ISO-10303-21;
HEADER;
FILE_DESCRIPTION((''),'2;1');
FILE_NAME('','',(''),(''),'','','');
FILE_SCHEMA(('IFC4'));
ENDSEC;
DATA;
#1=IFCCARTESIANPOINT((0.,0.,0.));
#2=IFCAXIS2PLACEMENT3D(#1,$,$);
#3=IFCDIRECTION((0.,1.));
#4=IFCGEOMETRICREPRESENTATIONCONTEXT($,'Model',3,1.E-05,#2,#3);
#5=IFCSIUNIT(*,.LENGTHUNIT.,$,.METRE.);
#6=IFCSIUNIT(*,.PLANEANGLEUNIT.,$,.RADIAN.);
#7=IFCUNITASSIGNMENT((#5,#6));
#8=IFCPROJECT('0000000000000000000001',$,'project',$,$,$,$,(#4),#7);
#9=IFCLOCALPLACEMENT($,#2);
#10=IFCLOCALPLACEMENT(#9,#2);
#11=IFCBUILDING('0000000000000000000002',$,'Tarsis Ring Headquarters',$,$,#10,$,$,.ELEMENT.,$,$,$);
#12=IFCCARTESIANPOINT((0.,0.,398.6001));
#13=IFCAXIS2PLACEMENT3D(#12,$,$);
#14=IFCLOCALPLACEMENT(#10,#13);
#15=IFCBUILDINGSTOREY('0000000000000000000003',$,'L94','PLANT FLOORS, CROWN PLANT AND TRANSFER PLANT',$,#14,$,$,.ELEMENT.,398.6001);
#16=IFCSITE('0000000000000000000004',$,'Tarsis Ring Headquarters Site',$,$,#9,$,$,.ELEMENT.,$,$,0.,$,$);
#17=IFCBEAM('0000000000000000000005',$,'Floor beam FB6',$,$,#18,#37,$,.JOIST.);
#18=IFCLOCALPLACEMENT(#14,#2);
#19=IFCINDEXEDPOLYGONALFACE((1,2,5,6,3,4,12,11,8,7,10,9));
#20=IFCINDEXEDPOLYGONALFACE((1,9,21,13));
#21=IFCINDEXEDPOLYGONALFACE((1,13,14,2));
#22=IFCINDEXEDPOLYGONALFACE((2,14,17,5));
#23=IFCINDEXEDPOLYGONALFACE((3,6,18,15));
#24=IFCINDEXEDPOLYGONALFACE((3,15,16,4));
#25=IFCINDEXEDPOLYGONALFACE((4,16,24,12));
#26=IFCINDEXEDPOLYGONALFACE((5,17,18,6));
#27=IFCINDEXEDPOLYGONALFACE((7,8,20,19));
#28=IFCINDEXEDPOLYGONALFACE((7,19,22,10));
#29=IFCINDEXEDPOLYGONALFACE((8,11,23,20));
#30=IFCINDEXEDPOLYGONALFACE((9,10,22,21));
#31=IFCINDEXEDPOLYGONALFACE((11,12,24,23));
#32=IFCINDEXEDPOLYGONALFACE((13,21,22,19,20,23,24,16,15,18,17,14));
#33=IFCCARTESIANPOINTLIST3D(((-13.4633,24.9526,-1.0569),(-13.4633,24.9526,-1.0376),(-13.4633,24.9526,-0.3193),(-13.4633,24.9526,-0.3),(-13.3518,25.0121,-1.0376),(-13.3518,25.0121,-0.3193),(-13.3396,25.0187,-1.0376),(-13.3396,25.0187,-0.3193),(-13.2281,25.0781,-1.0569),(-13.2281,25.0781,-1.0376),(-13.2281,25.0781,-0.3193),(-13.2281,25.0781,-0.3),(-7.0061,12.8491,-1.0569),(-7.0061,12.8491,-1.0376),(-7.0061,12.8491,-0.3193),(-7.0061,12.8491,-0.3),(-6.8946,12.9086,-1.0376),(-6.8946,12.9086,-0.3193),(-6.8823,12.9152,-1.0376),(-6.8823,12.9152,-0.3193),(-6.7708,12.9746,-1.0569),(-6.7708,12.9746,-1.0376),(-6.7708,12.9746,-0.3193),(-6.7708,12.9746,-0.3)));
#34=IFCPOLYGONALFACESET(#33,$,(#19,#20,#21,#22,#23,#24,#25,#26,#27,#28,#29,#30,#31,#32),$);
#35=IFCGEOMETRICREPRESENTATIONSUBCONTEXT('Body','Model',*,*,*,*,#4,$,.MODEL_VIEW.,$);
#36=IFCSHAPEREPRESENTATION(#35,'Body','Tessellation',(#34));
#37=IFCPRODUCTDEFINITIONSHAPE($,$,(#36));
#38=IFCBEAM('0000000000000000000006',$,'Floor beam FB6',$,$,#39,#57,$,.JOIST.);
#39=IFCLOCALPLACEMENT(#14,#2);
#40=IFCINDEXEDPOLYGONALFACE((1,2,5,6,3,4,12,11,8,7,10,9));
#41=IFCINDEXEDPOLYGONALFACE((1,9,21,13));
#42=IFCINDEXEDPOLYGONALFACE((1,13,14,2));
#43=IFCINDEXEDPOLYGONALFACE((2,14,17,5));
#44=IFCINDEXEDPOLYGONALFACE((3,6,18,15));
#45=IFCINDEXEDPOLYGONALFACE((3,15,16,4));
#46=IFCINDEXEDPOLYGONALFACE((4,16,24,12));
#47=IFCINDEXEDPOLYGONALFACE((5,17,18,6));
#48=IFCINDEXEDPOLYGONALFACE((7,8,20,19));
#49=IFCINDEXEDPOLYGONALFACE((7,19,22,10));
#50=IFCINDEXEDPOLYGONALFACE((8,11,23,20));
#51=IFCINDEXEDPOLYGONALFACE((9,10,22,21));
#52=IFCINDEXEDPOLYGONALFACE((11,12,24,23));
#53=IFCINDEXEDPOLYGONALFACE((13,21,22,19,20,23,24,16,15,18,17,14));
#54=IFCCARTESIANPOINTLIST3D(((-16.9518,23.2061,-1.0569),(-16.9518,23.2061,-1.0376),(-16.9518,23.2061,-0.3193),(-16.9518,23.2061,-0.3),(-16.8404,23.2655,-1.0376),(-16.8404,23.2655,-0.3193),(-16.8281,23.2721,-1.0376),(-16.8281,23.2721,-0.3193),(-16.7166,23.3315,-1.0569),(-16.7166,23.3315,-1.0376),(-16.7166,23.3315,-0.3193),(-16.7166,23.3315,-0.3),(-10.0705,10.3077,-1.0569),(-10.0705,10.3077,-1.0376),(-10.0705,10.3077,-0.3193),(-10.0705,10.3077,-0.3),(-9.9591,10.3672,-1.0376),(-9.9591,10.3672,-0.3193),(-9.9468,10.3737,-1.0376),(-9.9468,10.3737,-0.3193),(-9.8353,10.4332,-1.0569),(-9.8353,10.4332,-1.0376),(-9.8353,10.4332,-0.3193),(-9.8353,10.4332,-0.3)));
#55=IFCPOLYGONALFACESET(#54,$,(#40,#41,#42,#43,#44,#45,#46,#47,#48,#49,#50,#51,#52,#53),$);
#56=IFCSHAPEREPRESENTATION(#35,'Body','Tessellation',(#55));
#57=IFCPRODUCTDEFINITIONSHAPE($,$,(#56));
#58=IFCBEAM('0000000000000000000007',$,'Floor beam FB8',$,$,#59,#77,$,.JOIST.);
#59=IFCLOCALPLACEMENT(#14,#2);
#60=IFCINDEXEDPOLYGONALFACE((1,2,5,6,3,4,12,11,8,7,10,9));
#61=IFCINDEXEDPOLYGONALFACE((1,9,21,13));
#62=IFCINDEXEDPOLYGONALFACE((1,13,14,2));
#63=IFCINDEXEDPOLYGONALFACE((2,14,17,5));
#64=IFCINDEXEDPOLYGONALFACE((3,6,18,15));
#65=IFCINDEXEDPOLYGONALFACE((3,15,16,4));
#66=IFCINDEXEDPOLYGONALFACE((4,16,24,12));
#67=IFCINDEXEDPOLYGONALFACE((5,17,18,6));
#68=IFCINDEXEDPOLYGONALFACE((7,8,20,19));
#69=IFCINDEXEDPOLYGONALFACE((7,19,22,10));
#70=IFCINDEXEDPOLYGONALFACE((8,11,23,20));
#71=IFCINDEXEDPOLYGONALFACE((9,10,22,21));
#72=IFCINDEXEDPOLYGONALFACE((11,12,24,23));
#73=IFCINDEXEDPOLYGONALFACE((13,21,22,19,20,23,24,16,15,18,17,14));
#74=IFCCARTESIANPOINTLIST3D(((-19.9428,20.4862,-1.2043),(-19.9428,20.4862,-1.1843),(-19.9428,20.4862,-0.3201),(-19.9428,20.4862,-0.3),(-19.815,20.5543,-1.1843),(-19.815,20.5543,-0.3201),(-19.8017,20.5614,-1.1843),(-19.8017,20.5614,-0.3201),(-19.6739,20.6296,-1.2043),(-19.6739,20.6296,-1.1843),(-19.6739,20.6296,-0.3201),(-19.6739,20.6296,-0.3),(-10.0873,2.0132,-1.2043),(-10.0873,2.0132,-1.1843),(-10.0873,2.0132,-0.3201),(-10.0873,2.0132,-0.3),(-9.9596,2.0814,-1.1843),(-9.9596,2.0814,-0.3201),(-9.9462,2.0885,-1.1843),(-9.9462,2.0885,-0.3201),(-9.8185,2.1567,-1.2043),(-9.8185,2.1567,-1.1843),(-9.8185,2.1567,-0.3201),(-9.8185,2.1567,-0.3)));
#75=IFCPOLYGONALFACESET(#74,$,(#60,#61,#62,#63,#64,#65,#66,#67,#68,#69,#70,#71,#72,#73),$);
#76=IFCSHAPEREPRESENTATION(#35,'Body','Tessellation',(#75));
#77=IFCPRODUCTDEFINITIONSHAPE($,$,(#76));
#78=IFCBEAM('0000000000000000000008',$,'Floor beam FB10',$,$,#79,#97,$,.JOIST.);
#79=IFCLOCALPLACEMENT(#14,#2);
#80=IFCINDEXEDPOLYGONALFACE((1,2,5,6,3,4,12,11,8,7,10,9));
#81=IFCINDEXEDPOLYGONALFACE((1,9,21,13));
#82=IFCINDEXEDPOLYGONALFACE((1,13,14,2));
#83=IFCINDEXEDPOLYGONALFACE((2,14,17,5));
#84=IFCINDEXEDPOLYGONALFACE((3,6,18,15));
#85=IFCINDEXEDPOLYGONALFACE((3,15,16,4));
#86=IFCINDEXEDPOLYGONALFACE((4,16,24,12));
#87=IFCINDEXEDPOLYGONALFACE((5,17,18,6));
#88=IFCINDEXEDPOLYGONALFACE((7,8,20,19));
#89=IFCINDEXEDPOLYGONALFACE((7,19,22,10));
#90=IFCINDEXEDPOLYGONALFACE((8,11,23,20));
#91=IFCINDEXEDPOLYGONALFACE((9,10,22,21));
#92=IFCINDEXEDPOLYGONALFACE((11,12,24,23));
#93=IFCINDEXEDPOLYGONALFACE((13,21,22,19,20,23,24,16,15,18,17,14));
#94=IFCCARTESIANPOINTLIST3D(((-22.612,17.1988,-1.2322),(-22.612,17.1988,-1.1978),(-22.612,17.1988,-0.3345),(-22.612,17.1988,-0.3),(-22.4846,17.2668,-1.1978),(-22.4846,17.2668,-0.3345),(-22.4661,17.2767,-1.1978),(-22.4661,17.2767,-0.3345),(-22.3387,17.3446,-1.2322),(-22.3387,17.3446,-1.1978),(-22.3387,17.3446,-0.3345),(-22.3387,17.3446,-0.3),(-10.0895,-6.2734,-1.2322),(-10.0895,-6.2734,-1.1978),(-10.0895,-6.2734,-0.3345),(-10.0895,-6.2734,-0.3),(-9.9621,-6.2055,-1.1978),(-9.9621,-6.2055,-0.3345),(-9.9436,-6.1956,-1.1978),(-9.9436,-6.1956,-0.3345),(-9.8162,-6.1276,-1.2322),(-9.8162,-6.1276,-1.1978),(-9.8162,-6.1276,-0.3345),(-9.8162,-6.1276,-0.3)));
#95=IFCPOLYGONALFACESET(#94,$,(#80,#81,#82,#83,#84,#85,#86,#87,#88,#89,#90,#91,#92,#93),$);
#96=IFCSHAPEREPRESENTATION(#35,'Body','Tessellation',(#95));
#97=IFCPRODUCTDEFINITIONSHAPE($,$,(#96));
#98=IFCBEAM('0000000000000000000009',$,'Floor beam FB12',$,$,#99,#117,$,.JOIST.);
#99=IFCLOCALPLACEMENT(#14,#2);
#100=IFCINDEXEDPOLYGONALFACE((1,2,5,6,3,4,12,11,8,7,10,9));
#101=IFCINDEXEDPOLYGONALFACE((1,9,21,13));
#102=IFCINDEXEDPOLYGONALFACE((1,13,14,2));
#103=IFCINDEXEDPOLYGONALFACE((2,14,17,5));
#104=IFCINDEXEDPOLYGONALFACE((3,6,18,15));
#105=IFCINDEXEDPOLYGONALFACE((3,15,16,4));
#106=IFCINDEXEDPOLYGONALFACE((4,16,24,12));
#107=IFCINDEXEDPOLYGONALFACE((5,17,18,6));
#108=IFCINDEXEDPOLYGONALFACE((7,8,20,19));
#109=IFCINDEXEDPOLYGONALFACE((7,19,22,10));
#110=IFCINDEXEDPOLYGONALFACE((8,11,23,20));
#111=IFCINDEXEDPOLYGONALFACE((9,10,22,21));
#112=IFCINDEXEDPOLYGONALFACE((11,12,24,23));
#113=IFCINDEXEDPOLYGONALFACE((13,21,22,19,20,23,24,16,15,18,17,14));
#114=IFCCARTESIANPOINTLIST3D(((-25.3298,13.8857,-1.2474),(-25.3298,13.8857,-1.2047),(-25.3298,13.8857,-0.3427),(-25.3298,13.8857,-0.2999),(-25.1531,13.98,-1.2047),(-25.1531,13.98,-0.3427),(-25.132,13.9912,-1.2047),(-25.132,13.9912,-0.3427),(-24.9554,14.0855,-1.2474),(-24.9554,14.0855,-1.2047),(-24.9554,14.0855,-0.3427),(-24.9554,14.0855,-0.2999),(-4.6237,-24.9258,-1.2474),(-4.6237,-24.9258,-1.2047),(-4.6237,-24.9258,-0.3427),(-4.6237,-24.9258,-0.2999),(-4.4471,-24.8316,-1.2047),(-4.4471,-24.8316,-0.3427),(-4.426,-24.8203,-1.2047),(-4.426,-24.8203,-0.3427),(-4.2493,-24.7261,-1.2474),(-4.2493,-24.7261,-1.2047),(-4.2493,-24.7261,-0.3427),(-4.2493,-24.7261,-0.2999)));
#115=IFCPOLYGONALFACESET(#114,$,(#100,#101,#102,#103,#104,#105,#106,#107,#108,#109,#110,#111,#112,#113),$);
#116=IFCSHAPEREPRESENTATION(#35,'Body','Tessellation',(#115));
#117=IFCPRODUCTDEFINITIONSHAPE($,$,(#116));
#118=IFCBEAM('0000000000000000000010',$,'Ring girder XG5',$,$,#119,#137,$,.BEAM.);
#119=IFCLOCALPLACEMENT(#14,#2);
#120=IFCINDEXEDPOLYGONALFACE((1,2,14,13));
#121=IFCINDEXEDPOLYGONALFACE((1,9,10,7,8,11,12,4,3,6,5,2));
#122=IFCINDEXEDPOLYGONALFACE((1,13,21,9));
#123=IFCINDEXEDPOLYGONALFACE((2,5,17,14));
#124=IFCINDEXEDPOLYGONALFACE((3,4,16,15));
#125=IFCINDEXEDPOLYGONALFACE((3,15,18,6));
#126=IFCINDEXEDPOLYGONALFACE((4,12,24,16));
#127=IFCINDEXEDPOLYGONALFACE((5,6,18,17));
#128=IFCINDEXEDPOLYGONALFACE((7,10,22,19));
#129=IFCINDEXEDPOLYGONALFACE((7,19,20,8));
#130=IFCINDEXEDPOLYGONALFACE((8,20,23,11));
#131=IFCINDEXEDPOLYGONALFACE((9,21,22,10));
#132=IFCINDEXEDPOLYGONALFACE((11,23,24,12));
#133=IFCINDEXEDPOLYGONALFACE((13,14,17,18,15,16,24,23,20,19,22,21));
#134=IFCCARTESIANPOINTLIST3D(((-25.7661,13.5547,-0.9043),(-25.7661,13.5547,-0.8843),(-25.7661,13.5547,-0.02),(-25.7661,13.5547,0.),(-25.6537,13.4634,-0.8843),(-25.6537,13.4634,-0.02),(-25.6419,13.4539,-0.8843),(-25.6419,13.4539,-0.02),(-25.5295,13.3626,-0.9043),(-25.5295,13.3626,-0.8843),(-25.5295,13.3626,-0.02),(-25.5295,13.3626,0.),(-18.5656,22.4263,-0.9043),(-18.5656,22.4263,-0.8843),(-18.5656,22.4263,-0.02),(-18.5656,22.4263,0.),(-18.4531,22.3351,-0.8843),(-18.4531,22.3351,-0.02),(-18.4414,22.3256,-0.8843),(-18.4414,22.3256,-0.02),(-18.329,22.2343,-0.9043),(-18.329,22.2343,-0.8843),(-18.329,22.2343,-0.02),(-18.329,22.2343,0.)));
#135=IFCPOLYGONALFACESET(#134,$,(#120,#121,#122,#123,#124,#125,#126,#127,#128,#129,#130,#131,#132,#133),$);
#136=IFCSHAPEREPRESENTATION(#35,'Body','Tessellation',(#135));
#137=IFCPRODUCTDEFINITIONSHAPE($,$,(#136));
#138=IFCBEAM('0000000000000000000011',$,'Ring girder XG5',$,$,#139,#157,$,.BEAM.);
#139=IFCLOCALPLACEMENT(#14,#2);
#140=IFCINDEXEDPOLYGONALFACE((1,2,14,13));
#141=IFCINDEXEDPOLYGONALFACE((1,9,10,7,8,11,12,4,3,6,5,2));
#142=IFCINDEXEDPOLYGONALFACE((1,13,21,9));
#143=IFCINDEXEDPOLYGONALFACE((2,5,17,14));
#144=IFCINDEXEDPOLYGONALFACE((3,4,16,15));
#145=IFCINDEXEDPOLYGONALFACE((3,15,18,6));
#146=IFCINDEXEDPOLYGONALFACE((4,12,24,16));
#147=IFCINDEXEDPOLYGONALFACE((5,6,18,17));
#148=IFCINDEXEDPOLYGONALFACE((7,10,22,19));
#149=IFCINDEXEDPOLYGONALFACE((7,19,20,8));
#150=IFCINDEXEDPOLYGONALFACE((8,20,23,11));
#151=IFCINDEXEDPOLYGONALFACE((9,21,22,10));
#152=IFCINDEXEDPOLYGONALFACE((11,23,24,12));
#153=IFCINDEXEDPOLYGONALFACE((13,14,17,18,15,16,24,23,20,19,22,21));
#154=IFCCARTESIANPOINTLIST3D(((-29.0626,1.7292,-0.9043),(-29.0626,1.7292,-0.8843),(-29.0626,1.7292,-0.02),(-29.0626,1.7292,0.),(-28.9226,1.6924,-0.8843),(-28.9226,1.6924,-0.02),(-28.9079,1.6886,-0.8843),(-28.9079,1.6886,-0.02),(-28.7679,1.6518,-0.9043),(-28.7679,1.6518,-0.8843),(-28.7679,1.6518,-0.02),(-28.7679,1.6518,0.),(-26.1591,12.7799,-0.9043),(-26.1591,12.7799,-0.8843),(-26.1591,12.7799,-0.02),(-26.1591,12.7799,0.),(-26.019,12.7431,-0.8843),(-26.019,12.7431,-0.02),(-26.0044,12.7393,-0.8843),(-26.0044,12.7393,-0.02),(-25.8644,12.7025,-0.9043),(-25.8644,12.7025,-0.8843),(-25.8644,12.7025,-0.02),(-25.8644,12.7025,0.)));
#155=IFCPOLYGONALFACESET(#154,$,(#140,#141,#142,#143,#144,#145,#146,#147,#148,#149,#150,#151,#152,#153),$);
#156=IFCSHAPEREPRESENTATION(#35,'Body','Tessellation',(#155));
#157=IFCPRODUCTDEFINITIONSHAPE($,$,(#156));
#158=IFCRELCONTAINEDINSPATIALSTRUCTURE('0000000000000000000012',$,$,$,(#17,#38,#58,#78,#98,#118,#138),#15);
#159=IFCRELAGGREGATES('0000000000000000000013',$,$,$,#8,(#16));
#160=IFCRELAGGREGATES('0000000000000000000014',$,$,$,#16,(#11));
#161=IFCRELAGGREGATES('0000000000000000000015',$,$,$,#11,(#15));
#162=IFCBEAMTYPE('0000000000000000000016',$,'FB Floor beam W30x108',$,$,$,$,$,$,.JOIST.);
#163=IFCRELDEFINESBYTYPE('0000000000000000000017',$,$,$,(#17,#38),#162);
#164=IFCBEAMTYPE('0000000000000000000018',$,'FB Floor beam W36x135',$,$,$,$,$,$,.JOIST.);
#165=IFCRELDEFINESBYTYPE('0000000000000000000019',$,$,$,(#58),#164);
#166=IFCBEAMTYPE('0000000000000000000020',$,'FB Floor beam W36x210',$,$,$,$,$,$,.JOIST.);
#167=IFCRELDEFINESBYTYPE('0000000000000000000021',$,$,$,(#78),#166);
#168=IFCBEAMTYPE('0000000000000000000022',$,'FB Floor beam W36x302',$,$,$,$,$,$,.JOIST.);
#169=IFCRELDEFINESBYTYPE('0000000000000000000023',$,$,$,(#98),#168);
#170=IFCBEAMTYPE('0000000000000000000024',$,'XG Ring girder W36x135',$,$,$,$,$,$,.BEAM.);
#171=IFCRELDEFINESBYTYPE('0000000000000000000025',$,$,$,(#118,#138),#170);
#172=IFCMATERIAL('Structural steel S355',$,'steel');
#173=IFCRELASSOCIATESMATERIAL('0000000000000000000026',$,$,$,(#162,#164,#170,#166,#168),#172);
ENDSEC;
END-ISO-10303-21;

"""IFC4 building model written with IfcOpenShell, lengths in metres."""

from ifc_helpers import new_model, si_unit, direction, frame, origin, origin_2d, place, context, subcontext, project, spatial, i_section, extrude, material, material_profile, profile_set, type_object, element, save


model = new_model("IFC4")

# Units and contexts
model_context = context("Model", 3, precision=1e-05, world=origin(), true_north=direction((0.0, 1.0)))
body_context = subcontext(model_context, "Body", "Model", "MODEL_VIEW")
ifc_project = project(units=[si_unit("LENGTHUNIT", "METRE"), si_unit("PLANEANGLEUNIT", "RADIAN")], contexts=[model_context])

# Site, building, storey
site_placement = place(None, origin())
site = spatial("IfcSite", under=ifc_project, at=site_placement, Name="Tarsis Ring Headquarters Site", CompositionType="ELEMENT", RefElevation=0.0)
building_placement = place(site_placement, origin())
building = spatial("IfcBuilding", under=site, at=building_placement, Name="Tarsis Ring Headquarters", CompositionType="ELEMENT")
storey_placement = place(building_placement, frame((0.0, 0.0, 398.6001)))
storey = spatial("IfcBuildingStorey", under=building, at=storey_placement, Name="L94", Description="PLANT FLOORS, CROWN PLANT AND TRANSFER PLANT", CompositionType="ELEMENT", Elevation=398.6001)

# Shared definitions
ifc_material_1 = material(Name="Structural steel S355", Category="steel")

# Beams
ifc_material_profile_1 = material_profile(ifc_material_1, i_section(OverallWidth=0.2666, OverallDepth=0.7568, WebThickness=0.0139, FlangeThickness=0.0193, at=origin_2d()), Name="W30x108")
ifc_profile_set_1 = profile_set([ifc_material_profile_1], Name="Structural steel S355")
beam_type_1 = type_object("IfcBeamType", Name="FB Floor beam W30x108", PredefinedType="JOIST", material=ifc_profile_set_1)
beam_1_placement = place(storey_placement, frame((-13.3457, 25.0154, -0.6785), z_axis=(0.470706, -0.88229, 0.0), x_axis=(0.88229, 0.470706, 0.0)))
element("IfcBeam", 1, at=beam_1_placement, inside=storey, type_object=beam_type_1, Name="Floor beam FB6", PredefinedType="JOIST", context=body_context, shape_type="SweptSolid", body=[
    extrude(i_section(OverallWidth=0.2666, OverallDepth=0.7568, WebThickness=0.0139, FlangeThickness=0.0193, at=origin_2d()), origin(), (0.0, 0.0, 1.0), 13.7183),
])
beam_2_placement = place(storey_placement, frame((-16.8342, 23.2688, -0.6785), z_axis=(0.470704, -0.882291, 0.0), x_axis=(0.882291, 0.470704, 0.0)))
element("IfcBeam", 2, at=beam_2_placement, inside=storey, type_object=beam_type_1, Name="Floor beam FB6", PredefinedType="JOIST", context=body_context, shape_type="SweptSolid", body=[
    extrude(i_section(OverallWidth=0.2666, OverallDepth=0.7568, WebThickness=0.0139, FlangeThickness=0.0193, at=origin_2d()), origin(), (0.0, 0.0, 1.0), 14.6191),
])
ifc_material_profile_2 = material_profile(ifc_material_1, i_section(OverallWidth=0.3047, OverallDepth=0.9043, WebThickness=0.0151, FlangeThickness=0.02, at=origin_2d()), Name="W36x135")
ifc_profile_set_2 = profile_set([ifc_material_profile_2], Name="Structural steel S355")
beam_type_2 = type_object("IfcBeamType", Name="FB Floor beam W36x135", PredefinedType="JOIST", material=ifc_profile_set_2)
beam_3_placement = place(storey_placement, frame((-19.8083, 20.5579, -0.7522), z_axis=(0.470709, -0.882288, 0.0), x_axis=(0.882288, 0.470709, 0.0)))
element("IfcBeam", 3, at=beam_3_placement, inside=storey, type_object=beam_type_2, Name="Floor beam FB8", PredefinedType="JOIST", context=body_context, shape_type="SweptSolid", body=[
    extrude(i_section(OverallWidth=0.3047, OverallDepth=0.9043, WebThickness=0.0151, FlangeThickness=0.02, at=origin_2d()), origin(), (0.0, 0.0, 1.0), 20.9375),
])
ifc_material_profile_3 = material_profile(ifc_material_1, i_section(OverallWidth=0.3098, OverallDepth=0.9321, WebThickness=0.021, FlangeThickness=0.0344, at=origin_2d()), Name="W36x210")
ifc_profile_set_3 = profile_set([ifc_material_profile_3], Name="Structural steel S355")
beam_type_3 = type_object("IfcBeamType", Name="FB Floor beam W36x210", PredefinedType="JOIST", material=ifc_profile_set_3)
beam_4_placement = place(storey_placement, frame((-22.4753, 17.2717, -0.7661), z_axis=(0.470704, -0.882291, 0.0), x_axis=(0.882291, 0.470704, 0.0)))
element("IfcBeam", 4, at=beam_4_placement, inside=storey, type_object=beam_type_3, Name="Floor beam FB10", PredefinedType="JOIST", context=body_context, shape_type="SweptSolid", body=[
    extrude(i_section(OverallWidth=0.3098, OverallDepth=0.9321, WebThickness=0.021, FlangeThickness=0.0344, at=origin_2d()), origin(), (0.0, 0.0, 1.0), 26.6038),
])
ifc_material_profile_4 = material_profile(ifc_material_1, i_section(OverallWidth=0.4243, OverallDepth=0.9475, WebThickness=0.0239, FlangeThickness=0.0427, at=origin_2d()), Name="W36x302")
ifc_profile_set_4 = profile_set([ifc_material_profile_4], Name="Structural steel S355")
beam_type_4 = type_object("IfcBeamType", Name="FB Floor beam W36x302", PredefinedType="JOIST", material=ifc_profile_set_4)
beam_5_placement = place(storey_placement, frame((-25.1426, 13.9856, -0.7737), z_axis=(0.470705, -0.882291, 0.0), x_axis=(0.882291, 0.470705, 0.0)))
element("IfcBeam", 5, at=beam_5_placement, inside=storey, type_object=beam_type_4, Name="Floor beam FB12", PredefinedType="JOIST", context=body_context, shape_type="SweptSolid", body=[
    extrude(i_section(OverallWidth=0.4243, OverallDepth=0.9475, WebThickness=0.0239, FlangeThickness=0.0427, at=origin_2d()), origin(), (0.0, 0.0, 1.0), 43.9895),
])
beam_type_5 = type_object("IfcBeamType", Name="XG Ring girder W36x135", PredefinedType="BEAM", material=ifc_profile_set_2)
beam_6_placement = place(storey_placement, frame((-18.4473, 22.3303, -0.4521), z_axis=(-0.630186, -0.776445, 0.0), x_axis=(0.776445, -0.630186, 0.0)))
element("IfcBeam", 6, at=beam_6_placement, inside=storey, type_object=beam_type_5, Name="Ring girder XG5", PredefinedType="BEAM", context=body_context, shape_type="SweptSolid", body=[
    extrude(i_section(OverallWidth=0.3047, OverallDepth=0.9043, WebThickness=0.0151, FlangeThickness=0.02, at=origin_2d()), origin(), (0.0, 0.0, 1.0), 11.426),
])
beam_7_placement = place(storey_placement, frame((-26.0117, 12.7412, -0.4521), z_axis=(-0.254122, -0.967172, 0.0), x_axis=(0.967172, -0.254122, 0.0)))
element("IfcBeam", 7, at=beam_7_placement, inside=storey, type_object=beam_type_5, Name="Ring girder XG5", PredefinedType="BEAM", context=body_context, shape_type="SweptSolid", body=[
    extrude(i_section(OverallWidth=0.3047, OverallDepth=0.9043, WebThickness=0.0151, FlangeThickness=0.02, at=origin_2d()), origin(), (0.0, 0.0, 1.0), 11.4258),
])

save(model, "model.ifc")
